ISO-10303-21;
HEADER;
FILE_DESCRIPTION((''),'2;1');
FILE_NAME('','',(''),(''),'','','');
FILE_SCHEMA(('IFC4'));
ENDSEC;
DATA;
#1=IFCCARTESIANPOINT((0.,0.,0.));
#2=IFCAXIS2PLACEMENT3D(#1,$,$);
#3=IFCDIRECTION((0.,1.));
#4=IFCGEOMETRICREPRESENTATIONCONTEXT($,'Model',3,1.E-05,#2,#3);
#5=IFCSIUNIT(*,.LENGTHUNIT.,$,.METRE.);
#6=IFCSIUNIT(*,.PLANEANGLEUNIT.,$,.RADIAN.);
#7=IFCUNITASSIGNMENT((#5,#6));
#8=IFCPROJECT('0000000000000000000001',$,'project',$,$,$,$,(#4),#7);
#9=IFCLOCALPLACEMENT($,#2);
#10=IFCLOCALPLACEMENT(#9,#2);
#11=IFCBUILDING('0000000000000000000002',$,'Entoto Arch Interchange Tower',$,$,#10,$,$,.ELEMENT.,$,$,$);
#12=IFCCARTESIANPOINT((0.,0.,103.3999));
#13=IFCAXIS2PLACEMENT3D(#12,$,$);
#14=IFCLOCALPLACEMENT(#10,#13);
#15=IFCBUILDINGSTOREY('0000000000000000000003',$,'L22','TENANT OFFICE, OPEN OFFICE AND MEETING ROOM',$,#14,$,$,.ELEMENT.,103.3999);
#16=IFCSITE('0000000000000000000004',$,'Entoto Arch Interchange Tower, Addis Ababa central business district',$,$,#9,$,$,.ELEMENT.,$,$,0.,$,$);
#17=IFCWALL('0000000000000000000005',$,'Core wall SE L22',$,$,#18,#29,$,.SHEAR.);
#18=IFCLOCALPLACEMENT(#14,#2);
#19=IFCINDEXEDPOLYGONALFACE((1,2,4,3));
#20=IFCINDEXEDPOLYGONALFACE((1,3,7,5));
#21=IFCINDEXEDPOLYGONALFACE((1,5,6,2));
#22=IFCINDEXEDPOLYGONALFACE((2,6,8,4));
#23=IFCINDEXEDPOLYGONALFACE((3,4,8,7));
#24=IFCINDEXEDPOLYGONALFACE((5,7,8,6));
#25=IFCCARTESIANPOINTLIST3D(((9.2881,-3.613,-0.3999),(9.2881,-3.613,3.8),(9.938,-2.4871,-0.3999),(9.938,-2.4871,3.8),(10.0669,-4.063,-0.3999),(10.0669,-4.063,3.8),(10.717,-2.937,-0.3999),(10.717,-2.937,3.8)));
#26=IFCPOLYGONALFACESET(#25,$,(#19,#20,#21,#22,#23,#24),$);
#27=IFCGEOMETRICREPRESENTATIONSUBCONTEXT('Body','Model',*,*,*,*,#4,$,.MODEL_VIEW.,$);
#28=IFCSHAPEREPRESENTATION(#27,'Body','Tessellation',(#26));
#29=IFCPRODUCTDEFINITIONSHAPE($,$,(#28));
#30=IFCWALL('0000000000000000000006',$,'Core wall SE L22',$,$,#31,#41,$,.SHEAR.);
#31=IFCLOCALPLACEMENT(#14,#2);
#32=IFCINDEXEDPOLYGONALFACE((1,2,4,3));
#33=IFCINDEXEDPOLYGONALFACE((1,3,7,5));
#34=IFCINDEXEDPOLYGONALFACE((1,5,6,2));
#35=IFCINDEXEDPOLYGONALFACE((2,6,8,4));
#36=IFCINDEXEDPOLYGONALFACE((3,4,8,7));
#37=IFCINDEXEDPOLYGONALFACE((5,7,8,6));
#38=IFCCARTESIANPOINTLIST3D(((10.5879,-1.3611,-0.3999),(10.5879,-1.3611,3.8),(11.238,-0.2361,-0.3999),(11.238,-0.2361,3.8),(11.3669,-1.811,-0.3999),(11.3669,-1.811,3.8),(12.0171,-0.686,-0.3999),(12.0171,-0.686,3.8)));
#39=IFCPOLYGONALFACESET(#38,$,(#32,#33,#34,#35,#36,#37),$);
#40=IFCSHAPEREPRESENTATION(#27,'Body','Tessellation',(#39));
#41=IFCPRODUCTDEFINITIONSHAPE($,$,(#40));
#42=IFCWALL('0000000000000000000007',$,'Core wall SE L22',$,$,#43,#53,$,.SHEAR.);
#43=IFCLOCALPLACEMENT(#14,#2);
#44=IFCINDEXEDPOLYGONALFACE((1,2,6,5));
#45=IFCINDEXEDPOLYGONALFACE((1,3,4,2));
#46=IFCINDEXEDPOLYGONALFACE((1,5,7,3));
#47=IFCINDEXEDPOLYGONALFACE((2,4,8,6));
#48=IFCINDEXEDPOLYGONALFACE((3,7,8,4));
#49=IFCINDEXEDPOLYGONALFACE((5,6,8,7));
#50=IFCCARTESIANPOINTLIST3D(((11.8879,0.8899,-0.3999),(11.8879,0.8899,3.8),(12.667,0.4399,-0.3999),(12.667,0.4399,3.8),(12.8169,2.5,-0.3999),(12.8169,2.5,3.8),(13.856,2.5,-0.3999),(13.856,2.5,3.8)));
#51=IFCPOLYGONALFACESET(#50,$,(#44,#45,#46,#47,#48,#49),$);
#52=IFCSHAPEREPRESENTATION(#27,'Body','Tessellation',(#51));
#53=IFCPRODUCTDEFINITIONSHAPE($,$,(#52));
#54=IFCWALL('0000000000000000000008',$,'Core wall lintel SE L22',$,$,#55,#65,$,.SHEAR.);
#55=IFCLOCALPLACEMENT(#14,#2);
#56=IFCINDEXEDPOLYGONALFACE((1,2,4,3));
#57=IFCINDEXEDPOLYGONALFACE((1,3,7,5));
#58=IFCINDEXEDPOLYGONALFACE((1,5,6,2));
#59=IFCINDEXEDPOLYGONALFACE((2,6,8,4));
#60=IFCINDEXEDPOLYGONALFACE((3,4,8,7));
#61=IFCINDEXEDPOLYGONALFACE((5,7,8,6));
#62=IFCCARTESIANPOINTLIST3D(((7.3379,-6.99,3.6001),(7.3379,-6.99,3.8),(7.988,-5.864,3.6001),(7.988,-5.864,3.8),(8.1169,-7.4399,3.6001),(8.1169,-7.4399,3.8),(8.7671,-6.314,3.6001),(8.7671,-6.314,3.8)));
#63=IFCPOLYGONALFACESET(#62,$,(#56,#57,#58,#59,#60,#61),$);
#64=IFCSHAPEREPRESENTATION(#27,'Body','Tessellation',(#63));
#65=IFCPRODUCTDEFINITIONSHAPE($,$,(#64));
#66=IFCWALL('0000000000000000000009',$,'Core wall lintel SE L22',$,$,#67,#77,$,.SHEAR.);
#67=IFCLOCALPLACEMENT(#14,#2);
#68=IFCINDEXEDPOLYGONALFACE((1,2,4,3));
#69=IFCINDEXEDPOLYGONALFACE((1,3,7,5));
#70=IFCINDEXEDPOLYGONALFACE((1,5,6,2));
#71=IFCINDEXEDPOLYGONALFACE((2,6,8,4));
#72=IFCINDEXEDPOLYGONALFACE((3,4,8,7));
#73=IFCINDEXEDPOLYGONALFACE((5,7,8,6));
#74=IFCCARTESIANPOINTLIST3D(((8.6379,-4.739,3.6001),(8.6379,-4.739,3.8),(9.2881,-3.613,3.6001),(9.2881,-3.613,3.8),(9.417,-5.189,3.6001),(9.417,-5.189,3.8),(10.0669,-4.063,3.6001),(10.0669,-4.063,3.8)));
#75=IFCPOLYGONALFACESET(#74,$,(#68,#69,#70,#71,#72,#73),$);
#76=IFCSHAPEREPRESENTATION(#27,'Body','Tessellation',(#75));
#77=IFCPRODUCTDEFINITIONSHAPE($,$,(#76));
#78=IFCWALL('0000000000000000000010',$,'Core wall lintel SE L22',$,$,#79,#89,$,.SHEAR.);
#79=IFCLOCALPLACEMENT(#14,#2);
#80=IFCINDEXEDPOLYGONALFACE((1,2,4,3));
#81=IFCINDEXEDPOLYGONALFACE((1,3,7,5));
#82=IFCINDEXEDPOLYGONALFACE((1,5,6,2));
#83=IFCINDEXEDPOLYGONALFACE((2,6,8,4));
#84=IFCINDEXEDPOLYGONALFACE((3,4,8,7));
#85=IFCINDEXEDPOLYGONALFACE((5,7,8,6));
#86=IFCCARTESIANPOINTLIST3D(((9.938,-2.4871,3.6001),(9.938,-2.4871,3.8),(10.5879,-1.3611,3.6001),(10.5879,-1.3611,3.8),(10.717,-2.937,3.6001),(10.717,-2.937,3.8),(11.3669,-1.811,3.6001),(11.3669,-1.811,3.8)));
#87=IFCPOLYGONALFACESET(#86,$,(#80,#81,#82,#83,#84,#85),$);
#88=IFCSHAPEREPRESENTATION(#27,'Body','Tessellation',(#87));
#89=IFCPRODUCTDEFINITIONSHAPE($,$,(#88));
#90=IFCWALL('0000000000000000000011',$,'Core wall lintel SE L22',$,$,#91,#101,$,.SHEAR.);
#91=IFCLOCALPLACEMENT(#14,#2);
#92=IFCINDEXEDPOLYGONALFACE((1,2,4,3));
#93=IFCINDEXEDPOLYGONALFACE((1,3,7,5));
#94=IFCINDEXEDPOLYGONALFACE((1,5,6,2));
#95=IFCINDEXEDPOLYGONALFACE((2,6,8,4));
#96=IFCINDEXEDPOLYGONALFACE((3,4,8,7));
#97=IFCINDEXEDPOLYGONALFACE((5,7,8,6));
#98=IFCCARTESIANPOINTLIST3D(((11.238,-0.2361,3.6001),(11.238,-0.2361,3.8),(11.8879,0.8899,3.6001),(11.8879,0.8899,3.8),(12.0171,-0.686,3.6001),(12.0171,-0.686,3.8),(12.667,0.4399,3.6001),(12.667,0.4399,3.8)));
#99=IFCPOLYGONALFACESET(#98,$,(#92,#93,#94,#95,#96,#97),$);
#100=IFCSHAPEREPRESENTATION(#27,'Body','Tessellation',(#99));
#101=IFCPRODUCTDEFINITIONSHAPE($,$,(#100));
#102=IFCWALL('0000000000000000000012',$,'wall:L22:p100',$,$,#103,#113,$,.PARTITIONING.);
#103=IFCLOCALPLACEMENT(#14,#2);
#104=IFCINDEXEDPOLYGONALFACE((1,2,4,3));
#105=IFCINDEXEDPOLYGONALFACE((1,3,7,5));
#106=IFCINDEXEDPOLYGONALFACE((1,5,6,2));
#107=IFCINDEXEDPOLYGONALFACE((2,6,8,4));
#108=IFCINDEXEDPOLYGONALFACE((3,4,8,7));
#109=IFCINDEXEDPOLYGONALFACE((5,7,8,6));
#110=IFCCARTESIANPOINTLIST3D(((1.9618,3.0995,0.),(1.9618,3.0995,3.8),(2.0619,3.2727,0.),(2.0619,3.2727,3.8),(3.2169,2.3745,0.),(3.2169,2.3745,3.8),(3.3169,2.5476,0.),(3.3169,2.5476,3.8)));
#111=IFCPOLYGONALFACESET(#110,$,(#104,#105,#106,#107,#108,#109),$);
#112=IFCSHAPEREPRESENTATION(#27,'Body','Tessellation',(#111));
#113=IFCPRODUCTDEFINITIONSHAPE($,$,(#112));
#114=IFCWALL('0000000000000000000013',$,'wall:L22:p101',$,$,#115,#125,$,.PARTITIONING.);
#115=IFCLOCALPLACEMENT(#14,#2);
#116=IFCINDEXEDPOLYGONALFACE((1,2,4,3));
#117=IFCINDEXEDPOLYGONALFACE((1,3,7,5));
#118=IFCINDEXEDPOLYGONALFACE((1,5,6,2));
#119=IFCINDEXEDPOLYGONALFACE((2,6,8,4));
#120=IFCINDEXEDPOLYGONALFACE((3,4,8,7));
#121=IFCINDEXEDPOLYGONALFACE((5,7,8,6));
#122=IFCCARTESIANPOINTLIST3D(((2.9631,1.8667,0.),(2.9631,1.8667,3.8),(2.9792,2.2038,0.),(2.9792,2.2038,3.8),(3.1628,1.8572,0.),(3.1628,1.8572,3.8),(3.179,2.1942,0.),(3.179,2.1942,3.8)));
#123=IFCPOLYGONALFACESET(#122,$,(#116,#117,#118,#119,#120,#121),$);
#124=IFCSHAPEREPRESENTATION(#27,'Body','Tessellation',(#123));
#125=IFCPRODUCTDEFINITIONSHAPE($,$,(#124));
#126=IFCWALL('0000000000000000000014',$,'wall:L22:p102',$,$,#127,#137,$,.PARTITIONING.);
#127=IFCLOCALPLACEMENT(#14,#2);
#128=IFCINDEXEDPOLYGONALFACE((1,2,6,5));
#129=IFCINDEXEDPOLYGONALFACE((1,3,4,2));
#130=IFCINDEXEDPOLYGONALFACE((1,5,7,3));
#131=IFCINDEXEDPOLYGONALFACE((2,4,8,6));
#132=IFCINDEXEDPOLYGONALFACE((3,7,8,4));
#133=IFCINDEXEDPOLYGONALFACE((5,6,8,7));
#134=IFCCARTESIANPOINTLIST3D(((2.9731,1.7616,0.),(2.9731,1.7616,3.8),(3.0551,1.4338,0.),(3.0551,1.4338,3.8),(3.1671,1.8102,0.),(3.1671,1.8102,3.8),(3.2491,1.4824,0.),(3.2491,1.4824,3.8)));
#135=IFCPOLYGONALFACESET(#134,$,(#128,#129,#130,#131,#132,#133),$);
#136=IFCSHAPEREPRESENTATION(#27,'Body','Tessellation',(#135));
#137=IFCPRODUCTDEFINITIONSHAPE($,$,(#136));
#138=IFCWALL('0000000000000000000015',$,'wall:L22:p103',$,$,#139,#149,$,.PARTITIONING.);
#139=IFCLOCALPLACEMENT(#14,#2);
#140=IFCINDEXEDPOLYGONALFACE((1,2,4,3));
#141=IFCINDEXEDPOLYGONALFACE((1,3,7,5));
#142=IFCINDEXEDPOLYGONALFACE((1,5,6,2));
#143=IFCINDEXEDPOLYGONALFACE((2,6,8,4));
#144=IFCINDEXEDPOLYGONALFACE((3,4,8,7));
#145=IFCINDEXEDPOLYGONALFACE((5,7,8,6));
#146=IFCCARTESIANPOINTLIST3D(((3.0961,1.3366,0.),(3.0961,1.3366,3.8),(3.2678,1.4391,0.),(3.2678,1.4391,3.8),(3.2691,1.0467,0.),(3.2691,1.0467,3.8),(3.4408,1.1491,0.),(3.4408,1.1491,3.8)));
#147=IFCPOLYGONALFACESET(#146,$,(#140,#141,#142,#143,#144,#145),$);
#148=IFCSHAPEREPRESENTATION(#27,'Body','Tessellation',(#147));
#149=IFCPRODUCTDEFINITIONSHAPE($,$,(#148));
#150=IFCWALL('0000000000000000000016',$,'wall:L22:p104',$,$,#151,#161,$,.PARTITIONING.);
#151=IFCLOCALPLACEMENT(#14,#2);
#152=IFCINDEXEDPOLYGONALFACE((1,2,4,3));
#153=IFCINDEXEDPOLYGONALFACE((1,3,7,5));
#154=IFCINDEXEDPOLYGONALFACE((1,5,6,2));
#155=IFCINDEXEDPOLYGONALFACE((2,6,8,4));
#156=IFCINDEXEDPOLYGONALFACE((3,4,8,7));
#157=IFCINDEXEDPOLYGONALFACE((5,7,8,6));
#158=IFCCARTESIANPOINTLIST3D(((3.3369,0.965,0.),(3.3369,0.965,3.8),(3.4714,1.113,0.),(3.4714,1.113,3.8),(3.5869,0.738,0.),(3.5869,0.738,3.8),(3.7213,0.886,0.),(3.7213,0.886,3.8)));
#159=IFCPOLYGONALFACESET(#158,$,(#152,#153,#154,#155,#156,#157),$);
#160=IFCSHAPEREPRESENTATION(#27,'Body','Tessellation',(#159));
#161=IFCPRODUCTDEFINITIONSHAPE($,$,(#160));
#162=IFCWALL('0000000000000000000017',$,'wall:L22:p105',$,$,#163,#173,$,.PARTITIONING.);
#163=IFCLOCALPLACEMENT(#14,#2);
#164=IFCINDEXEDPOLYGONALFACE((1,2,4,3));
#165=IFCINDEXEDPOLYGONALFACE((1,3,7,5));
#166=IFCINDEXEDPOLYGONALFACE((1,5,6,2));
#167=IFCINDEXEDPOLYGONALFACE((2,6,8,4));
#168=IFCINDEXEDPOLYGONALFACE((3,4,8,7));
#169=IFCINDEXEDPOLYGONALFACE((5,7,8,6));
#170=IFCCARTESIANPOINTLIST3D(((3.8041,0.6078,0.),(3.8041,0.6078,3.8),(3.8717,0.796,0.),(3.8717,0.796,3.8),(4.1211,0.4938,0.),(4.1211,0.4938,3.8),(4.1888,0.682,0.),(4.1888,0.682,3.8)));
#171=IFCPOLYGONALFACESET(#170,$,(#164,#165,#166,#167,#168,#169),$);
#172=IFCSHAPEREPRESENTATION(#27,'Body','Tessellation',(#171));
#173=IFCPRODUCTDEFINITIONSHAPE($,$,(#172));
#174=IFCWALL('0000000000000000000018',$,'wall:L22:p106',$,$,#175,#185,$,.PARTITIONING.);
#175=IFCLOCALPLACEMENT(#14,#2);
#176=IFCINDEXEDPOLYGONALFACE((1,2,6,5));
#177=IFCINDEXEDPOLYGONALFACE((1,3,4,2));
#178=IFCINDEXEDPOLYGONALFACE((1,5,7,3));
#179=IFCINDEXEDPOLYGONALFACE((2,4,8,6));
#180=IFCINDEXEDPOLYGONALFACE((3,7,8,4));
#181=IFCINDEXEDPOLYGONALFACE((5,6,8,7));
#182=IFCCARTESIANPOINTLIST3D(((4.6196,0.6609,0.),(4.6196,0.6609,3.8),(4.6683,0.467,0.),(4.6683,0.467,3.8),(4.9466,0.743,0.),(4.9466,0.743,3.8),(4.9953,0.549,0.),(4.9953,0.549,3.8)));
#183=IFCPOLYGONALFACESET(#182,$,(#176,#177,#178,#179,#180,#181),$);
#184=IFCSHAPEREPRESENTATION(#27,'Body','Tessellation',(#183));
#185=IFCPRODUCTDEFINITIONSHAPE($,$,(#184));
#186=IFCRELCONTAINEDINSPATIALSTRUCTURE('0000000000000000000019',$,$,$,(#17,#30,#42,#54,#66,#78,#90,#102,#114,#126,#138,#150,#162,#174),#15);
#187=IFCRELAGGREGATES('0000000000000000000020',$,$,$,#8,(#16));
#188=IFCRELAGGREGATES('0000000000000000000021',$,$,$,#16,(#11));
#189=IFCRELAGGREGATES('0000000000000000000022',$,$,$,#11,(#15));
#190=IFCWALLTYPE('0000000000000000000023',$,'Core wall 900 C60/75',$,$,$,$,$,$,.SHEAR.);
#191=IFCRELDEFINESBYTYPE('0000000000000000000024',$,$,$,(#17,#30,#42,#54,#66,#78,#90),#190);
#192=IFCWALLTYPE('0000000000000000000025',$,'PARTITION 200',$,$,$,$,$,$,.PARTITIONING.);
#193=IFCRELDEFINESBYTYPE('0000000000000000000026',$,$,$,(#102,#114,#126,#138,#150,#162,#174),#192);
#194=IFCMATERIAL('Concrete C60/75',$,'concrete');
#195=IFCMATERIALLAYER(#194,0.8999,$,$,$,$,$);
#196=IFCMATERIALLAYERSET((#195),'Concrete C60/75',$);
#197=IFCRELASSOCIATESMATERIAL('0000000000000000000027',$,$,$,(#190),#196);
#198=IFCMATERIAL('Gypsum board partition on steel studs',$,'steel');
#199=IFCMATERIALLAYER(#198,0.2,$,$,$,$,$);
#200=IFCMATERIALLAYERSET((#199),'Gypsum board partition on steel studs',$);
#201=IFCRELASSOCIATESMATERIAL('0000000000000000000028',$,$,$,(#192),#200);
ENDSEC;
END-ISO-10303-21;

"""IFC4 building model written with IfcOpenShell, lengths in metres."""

from ifc_helpers import new_model, si_unit, direction, frame, frame_2d, origin, place, context, subcontext, project, spatial, polyline, rectangle, outline, extrude, material, layer, layer_set, type_object, element, save


model = new_model("IFC4")

# Units and contexts
model_context = context("Model", 3, precision=1e-05, world=origin(), true_north=direction((0.0, 1.0)))
body_context = subcontext(model_context, "Body", "Model", "MODEL_VIEW")
ifc_project = project(units=[si_unit("LENGTHUNIT", "METRE"), si_unit("PLANEANGLEUNIT", "RADIAN")], contexts=[model_context])

# Site, building, storey
site_placement = place(None, origin())
site = spatial("IfcSite", under=ifc_project, at=site_placement, Name="Entoto Arch Interchange Tower, Addis Ababa central business district", CompositionType="ELEMENT", RefElevation=0.0)
building_placement = place(site_placement, origin())
building = spatial("IfcBuilding", under=site, at=building_placement, Name="Entoto Arch Interchange Tower", CompositionType="ELEMENT")
storey_placement = place(building_placement, frame((0.0, 0.0, 103.3999)))
storey = spatial("IfcBuildingStorey", under=building, at=storey_placement, Name="L22", Description="TENANT OFFICE, OPEN OFFICE AND MEETING ROOM", CompositionType="ELEMENT", Elevation=103.3999)

# Walls
ifc_material_1 = material(Name="Concrete C60/75", Category="concrete")
ifc_layer_1 = layer(ifc_material_1, 0.8999)
ifc_layer_set_1 = layer_set([ifc_layer_1], Name="Concrete C60/75")
wall_type_1 = type_object("IfcWallType", Name="Core wall 900 C60/75", PredefinedType="SHEAR", material=ifc_layer_set_1)
wall_1_placement = place(storey_placement, frame((0.0, 0.0, -0.3999)))
element("IfcWall", 1, at=wall_1_placement, inside=storey, type_object=wall_type_1, Name="Core wall SE L22", PredefinedType="SHEAR", context=body_context, shape_type="SweptSolid", body=[
    extrude(outline(polyline([(10.717, -2.937), (9.938, -2.4871), (9.2881, -3.613), (10.0669, -4.063), (10.717, -2.937)])), origin(), (0.0, 0.0, 1.0), 4.2),
])
wall_2_placement = place(storey_placement, frame((0.0, 0.0, -0.3999)))
element("IfcWall", 2, at=wall_2_placement, inside=storey, type_object=wall_type_1, Name="Core wall SE L22", PredefinedType="SHEAR", context=body_context, shape_type="SweptSolid", body=[
    extrude(outline(polyline([(12.0171, -0.686), (11.238, -0.2361), (10.5879, -1.3611), (11.3669, -1.811), (12.0171, -0.686)])), origin(), (0.0, 0.0, 1.0), 4.2),
])
wall_3_placement = place(storey_placement, frame((0.0, 0.0, -0.3999)))
element("IfcWall", 3, at=wall_3_placement, inside=storey, type_object=wall_type_1, Name="Core wall SE L22", PredefinedType="SHEAR", context=body_context, shape_type="SweptSolid", body=[
    extrude(outline(polyline([(11.8879, 0.8899), (12.667, 0.4399), (13.856, 2.5), (12.8169, 2.5), (11.8879, 0.8899)])), origin(), (0.0, 0.0, 1.0), 4.2),
])
wall_4_placement = place(storey_placement, frame((0.0, 0.0, 3.6001)))
element("IfcWall", 4, at=wall_4_placement, inside=storey, type_object=wall_type_1, Name="Core wall lintel SE L22", PredefinedType="SHEAR", context=body_context, shape_type="SweptSolid", body=[
    extrude(outline(polyline([(8.7671, -6.314), (7.988, -5.864), (7.3379, -6.99), (8.1169, -7.4399), (8.7671, -6.314)])), origin(), (0.0, 0.0, 1.0), 0.2),
])
wall_5_placement = place(storey_placement, frame((0.0, 0.0, 3.6001)))
element("IfcWall", 5, at=wall_5_placement, inside=storey, type_object=wall_type_1, Name="Core wall lintel SE L22", PredefinedType="SHEAR", context=body_context, shape_type="SweptSolid", body=[
    extrude(outline(polyline([(10.0669, -4.063), (9.2881, -3.613), (8.6379, -4.739), (9.417, -5.189), (10.0669, -4.063)])), origin(), (0.0, 0.0, 1.0), 0.2),
])
wall_6_placement = place(storey_placement, frame((0.0, 0.0, 3.6001)))
element("IfcWall", 6, at=wall_6_placement, inside=storey, type_object=wall_type_1, Name="Core wall lintel SE L22", PredefinedType="SHEAR", context=body_context, shape_type="SweptSolid", body=[
    extrude(outline(polyline([(11.3669, -1.811), (10.5879, -1.3611), (9.938, -2.4871), (10.717, -2.937), (11.3669, -1.811)])), origin(), (0.0, 0.0, 1.0), 0.2),
])
wall_7_placement = place(storey_placement, frame((0.0, 0.0, 3.6001)))
element("IfcWall", 7, at=wall_7_placement, inside=storey, type_object=wall_type_1, Name="Core wall lintel SE L22", PredefinedType="SHEAR", context=body_context, shape_type="SweptSolid", body=[
    extrude(outline(polyline([(12.667, 0.4399), (11.8879, 0.8899), (11.238, -0.2361), (12.0171, -0.686), (12.667, 0.4399)])), origin(), (0.0, 0.0, 1.0), 0.2),
])
ifc_material_2 = material(Name="Gypsum board partition on steel studs", Category="steel")
ifc_layer_2 = layer(ifc_material_2, 0.2)
ifc_layer_set_2 = layer_set([ifc_layer_2], Name="Gypsum board partition on steel studs")
wall_type_2 = type_object("IfcWallType", Name="PARTITION 200", PredefinedType="PARTITIONING", material=ifc_layer_set_2)
wall_8_placement = place(storey_placement, frame((2.012, 3.186, 0.0), z_axis=(0.0, 0.0, 1.0), x_axis=(0.865891, -0.500233, 0.0)))
element("IfcWall", 8, at=wall_8_placement, inside=storey, type_object=wall_type_2, Name="wall:L22:p100", PredefinedType="PARTITIONING", context=body_context, shape_type="SweptSolid", body=[
    extrude(rectangle(XDim=1.4495, YDim=0.2, at=frame_2d((0.7246, 0.0))), origin(), (0.0, 0.0, 1.0), 3.8),
])
wall_9_placement = place(storey_placement, frame((3.0791, 2.199, 0.0), z_axis=(0.0, 0.0, 1.0), x_axis=(-0.047771, -0.998858, 0.0)))
element("IfcWall", 9, at=wall_9_placement, inside=storey, type_object=wall_type_2, Name="wall:L22:p101", PredefinedType="PARTITIONING", context=body_context, shape_type="SweptSolid", body=[
    extrude(rectangle(XDim=0.3374, YDim=0.2, at=frame_2d((0.1687, 0.0))), origin(), (0.0, 0.0, 1.0), 3.8),
])
wall_10_placement = place(storey_placement, frame((3.0701, 1.7859, 0.0), z_axis=(0.0, 0.0, 1.0), x_axis=(0.242706, -0.9701, 0.0)))
element("IfcWall", 10, at=wall_10_placement, inside=storey, type_object=wall_type_2, Name="wall:L22:p102", PredefinedType="PARTITIONING", context=body_context, shape_type="SweptSolid", body=[
    extrude(rectangle(XDim=0.3379, YDim=0.2, at=frame_2d((0.1689, 0.0))), origin(), (0.0, 0.0, 1.0), 3.8),
])
for number, where, z_axis, x_axis, name in (
    (11, (3.1819, 1.3879, 0.0), (0.0, 0.0, 1.0), (0.512475, -0.858702, 0.0), "wall:L22:p103"),
    (12, (3.4041, 1.0391, 0.0), (0.0, 0.0, 1.0), (0.740267, -0.672313, 0.0), "wall:L22:p104"),
):
    element("IfcWall", number, at=place(storey_placement, frame(where, z_axis=z_axis, x_axis=x_axis)), inside=storey, type_object=wall_type_2, Name=name, PredefinedType="PARTITIONING", context=body_context, shape_type="SweptSolid", body=[
        extrude(rectangle(XDim=0.3376, YDim=0.2, at=frame_2d((0.1689, 0.0))), origin(), (0.0, 0.0, 1.0), 3.8),
    ])
wall_11_placement = place(storey_placement, frame((3.8379, 0.7019, 0.0), z_axis=(0.0, 0.0, 1.0), x_axis=(0.941035, -0.338309, 0.0)))
element("IfcWall", 13, at=wall_11_placement, inside=storey, type_object=wall_type_2, Name="wall:L22:p105", PredefinedType="PARTITIONING", context=body_context, shape_type="SweptSolid", body=[
    extrude(rectangle(XDim=0.3369, YDim=0.2, at=frame_2d((0.1685, 0.0))), origin(), (0.0, 0.0, 1.0), 3.8),
])
wall_12_placement = place(storey_placement, frame((4.644, 0.564, 0.0), z_axis=(0.0, 0.0, 1.0), x_axis=(0.969929, 0.243388, 0.0)))
element("IfcWall", 14, at=wall_12_placement, inside=storey, type_object=wall_type_2, Name="wall:L22:p106", PredefinedType="PARTITIONING", context=body_context, shape_type="SweptSolid", body=[
    extrude(rectangle(XDim=0.3372, YDim=0.2, at=frame_2d((0.1685, 0.0))), origin(), (0.0, 0.0, 1.0), 3.8),
])

save(model, "model.ifc")
